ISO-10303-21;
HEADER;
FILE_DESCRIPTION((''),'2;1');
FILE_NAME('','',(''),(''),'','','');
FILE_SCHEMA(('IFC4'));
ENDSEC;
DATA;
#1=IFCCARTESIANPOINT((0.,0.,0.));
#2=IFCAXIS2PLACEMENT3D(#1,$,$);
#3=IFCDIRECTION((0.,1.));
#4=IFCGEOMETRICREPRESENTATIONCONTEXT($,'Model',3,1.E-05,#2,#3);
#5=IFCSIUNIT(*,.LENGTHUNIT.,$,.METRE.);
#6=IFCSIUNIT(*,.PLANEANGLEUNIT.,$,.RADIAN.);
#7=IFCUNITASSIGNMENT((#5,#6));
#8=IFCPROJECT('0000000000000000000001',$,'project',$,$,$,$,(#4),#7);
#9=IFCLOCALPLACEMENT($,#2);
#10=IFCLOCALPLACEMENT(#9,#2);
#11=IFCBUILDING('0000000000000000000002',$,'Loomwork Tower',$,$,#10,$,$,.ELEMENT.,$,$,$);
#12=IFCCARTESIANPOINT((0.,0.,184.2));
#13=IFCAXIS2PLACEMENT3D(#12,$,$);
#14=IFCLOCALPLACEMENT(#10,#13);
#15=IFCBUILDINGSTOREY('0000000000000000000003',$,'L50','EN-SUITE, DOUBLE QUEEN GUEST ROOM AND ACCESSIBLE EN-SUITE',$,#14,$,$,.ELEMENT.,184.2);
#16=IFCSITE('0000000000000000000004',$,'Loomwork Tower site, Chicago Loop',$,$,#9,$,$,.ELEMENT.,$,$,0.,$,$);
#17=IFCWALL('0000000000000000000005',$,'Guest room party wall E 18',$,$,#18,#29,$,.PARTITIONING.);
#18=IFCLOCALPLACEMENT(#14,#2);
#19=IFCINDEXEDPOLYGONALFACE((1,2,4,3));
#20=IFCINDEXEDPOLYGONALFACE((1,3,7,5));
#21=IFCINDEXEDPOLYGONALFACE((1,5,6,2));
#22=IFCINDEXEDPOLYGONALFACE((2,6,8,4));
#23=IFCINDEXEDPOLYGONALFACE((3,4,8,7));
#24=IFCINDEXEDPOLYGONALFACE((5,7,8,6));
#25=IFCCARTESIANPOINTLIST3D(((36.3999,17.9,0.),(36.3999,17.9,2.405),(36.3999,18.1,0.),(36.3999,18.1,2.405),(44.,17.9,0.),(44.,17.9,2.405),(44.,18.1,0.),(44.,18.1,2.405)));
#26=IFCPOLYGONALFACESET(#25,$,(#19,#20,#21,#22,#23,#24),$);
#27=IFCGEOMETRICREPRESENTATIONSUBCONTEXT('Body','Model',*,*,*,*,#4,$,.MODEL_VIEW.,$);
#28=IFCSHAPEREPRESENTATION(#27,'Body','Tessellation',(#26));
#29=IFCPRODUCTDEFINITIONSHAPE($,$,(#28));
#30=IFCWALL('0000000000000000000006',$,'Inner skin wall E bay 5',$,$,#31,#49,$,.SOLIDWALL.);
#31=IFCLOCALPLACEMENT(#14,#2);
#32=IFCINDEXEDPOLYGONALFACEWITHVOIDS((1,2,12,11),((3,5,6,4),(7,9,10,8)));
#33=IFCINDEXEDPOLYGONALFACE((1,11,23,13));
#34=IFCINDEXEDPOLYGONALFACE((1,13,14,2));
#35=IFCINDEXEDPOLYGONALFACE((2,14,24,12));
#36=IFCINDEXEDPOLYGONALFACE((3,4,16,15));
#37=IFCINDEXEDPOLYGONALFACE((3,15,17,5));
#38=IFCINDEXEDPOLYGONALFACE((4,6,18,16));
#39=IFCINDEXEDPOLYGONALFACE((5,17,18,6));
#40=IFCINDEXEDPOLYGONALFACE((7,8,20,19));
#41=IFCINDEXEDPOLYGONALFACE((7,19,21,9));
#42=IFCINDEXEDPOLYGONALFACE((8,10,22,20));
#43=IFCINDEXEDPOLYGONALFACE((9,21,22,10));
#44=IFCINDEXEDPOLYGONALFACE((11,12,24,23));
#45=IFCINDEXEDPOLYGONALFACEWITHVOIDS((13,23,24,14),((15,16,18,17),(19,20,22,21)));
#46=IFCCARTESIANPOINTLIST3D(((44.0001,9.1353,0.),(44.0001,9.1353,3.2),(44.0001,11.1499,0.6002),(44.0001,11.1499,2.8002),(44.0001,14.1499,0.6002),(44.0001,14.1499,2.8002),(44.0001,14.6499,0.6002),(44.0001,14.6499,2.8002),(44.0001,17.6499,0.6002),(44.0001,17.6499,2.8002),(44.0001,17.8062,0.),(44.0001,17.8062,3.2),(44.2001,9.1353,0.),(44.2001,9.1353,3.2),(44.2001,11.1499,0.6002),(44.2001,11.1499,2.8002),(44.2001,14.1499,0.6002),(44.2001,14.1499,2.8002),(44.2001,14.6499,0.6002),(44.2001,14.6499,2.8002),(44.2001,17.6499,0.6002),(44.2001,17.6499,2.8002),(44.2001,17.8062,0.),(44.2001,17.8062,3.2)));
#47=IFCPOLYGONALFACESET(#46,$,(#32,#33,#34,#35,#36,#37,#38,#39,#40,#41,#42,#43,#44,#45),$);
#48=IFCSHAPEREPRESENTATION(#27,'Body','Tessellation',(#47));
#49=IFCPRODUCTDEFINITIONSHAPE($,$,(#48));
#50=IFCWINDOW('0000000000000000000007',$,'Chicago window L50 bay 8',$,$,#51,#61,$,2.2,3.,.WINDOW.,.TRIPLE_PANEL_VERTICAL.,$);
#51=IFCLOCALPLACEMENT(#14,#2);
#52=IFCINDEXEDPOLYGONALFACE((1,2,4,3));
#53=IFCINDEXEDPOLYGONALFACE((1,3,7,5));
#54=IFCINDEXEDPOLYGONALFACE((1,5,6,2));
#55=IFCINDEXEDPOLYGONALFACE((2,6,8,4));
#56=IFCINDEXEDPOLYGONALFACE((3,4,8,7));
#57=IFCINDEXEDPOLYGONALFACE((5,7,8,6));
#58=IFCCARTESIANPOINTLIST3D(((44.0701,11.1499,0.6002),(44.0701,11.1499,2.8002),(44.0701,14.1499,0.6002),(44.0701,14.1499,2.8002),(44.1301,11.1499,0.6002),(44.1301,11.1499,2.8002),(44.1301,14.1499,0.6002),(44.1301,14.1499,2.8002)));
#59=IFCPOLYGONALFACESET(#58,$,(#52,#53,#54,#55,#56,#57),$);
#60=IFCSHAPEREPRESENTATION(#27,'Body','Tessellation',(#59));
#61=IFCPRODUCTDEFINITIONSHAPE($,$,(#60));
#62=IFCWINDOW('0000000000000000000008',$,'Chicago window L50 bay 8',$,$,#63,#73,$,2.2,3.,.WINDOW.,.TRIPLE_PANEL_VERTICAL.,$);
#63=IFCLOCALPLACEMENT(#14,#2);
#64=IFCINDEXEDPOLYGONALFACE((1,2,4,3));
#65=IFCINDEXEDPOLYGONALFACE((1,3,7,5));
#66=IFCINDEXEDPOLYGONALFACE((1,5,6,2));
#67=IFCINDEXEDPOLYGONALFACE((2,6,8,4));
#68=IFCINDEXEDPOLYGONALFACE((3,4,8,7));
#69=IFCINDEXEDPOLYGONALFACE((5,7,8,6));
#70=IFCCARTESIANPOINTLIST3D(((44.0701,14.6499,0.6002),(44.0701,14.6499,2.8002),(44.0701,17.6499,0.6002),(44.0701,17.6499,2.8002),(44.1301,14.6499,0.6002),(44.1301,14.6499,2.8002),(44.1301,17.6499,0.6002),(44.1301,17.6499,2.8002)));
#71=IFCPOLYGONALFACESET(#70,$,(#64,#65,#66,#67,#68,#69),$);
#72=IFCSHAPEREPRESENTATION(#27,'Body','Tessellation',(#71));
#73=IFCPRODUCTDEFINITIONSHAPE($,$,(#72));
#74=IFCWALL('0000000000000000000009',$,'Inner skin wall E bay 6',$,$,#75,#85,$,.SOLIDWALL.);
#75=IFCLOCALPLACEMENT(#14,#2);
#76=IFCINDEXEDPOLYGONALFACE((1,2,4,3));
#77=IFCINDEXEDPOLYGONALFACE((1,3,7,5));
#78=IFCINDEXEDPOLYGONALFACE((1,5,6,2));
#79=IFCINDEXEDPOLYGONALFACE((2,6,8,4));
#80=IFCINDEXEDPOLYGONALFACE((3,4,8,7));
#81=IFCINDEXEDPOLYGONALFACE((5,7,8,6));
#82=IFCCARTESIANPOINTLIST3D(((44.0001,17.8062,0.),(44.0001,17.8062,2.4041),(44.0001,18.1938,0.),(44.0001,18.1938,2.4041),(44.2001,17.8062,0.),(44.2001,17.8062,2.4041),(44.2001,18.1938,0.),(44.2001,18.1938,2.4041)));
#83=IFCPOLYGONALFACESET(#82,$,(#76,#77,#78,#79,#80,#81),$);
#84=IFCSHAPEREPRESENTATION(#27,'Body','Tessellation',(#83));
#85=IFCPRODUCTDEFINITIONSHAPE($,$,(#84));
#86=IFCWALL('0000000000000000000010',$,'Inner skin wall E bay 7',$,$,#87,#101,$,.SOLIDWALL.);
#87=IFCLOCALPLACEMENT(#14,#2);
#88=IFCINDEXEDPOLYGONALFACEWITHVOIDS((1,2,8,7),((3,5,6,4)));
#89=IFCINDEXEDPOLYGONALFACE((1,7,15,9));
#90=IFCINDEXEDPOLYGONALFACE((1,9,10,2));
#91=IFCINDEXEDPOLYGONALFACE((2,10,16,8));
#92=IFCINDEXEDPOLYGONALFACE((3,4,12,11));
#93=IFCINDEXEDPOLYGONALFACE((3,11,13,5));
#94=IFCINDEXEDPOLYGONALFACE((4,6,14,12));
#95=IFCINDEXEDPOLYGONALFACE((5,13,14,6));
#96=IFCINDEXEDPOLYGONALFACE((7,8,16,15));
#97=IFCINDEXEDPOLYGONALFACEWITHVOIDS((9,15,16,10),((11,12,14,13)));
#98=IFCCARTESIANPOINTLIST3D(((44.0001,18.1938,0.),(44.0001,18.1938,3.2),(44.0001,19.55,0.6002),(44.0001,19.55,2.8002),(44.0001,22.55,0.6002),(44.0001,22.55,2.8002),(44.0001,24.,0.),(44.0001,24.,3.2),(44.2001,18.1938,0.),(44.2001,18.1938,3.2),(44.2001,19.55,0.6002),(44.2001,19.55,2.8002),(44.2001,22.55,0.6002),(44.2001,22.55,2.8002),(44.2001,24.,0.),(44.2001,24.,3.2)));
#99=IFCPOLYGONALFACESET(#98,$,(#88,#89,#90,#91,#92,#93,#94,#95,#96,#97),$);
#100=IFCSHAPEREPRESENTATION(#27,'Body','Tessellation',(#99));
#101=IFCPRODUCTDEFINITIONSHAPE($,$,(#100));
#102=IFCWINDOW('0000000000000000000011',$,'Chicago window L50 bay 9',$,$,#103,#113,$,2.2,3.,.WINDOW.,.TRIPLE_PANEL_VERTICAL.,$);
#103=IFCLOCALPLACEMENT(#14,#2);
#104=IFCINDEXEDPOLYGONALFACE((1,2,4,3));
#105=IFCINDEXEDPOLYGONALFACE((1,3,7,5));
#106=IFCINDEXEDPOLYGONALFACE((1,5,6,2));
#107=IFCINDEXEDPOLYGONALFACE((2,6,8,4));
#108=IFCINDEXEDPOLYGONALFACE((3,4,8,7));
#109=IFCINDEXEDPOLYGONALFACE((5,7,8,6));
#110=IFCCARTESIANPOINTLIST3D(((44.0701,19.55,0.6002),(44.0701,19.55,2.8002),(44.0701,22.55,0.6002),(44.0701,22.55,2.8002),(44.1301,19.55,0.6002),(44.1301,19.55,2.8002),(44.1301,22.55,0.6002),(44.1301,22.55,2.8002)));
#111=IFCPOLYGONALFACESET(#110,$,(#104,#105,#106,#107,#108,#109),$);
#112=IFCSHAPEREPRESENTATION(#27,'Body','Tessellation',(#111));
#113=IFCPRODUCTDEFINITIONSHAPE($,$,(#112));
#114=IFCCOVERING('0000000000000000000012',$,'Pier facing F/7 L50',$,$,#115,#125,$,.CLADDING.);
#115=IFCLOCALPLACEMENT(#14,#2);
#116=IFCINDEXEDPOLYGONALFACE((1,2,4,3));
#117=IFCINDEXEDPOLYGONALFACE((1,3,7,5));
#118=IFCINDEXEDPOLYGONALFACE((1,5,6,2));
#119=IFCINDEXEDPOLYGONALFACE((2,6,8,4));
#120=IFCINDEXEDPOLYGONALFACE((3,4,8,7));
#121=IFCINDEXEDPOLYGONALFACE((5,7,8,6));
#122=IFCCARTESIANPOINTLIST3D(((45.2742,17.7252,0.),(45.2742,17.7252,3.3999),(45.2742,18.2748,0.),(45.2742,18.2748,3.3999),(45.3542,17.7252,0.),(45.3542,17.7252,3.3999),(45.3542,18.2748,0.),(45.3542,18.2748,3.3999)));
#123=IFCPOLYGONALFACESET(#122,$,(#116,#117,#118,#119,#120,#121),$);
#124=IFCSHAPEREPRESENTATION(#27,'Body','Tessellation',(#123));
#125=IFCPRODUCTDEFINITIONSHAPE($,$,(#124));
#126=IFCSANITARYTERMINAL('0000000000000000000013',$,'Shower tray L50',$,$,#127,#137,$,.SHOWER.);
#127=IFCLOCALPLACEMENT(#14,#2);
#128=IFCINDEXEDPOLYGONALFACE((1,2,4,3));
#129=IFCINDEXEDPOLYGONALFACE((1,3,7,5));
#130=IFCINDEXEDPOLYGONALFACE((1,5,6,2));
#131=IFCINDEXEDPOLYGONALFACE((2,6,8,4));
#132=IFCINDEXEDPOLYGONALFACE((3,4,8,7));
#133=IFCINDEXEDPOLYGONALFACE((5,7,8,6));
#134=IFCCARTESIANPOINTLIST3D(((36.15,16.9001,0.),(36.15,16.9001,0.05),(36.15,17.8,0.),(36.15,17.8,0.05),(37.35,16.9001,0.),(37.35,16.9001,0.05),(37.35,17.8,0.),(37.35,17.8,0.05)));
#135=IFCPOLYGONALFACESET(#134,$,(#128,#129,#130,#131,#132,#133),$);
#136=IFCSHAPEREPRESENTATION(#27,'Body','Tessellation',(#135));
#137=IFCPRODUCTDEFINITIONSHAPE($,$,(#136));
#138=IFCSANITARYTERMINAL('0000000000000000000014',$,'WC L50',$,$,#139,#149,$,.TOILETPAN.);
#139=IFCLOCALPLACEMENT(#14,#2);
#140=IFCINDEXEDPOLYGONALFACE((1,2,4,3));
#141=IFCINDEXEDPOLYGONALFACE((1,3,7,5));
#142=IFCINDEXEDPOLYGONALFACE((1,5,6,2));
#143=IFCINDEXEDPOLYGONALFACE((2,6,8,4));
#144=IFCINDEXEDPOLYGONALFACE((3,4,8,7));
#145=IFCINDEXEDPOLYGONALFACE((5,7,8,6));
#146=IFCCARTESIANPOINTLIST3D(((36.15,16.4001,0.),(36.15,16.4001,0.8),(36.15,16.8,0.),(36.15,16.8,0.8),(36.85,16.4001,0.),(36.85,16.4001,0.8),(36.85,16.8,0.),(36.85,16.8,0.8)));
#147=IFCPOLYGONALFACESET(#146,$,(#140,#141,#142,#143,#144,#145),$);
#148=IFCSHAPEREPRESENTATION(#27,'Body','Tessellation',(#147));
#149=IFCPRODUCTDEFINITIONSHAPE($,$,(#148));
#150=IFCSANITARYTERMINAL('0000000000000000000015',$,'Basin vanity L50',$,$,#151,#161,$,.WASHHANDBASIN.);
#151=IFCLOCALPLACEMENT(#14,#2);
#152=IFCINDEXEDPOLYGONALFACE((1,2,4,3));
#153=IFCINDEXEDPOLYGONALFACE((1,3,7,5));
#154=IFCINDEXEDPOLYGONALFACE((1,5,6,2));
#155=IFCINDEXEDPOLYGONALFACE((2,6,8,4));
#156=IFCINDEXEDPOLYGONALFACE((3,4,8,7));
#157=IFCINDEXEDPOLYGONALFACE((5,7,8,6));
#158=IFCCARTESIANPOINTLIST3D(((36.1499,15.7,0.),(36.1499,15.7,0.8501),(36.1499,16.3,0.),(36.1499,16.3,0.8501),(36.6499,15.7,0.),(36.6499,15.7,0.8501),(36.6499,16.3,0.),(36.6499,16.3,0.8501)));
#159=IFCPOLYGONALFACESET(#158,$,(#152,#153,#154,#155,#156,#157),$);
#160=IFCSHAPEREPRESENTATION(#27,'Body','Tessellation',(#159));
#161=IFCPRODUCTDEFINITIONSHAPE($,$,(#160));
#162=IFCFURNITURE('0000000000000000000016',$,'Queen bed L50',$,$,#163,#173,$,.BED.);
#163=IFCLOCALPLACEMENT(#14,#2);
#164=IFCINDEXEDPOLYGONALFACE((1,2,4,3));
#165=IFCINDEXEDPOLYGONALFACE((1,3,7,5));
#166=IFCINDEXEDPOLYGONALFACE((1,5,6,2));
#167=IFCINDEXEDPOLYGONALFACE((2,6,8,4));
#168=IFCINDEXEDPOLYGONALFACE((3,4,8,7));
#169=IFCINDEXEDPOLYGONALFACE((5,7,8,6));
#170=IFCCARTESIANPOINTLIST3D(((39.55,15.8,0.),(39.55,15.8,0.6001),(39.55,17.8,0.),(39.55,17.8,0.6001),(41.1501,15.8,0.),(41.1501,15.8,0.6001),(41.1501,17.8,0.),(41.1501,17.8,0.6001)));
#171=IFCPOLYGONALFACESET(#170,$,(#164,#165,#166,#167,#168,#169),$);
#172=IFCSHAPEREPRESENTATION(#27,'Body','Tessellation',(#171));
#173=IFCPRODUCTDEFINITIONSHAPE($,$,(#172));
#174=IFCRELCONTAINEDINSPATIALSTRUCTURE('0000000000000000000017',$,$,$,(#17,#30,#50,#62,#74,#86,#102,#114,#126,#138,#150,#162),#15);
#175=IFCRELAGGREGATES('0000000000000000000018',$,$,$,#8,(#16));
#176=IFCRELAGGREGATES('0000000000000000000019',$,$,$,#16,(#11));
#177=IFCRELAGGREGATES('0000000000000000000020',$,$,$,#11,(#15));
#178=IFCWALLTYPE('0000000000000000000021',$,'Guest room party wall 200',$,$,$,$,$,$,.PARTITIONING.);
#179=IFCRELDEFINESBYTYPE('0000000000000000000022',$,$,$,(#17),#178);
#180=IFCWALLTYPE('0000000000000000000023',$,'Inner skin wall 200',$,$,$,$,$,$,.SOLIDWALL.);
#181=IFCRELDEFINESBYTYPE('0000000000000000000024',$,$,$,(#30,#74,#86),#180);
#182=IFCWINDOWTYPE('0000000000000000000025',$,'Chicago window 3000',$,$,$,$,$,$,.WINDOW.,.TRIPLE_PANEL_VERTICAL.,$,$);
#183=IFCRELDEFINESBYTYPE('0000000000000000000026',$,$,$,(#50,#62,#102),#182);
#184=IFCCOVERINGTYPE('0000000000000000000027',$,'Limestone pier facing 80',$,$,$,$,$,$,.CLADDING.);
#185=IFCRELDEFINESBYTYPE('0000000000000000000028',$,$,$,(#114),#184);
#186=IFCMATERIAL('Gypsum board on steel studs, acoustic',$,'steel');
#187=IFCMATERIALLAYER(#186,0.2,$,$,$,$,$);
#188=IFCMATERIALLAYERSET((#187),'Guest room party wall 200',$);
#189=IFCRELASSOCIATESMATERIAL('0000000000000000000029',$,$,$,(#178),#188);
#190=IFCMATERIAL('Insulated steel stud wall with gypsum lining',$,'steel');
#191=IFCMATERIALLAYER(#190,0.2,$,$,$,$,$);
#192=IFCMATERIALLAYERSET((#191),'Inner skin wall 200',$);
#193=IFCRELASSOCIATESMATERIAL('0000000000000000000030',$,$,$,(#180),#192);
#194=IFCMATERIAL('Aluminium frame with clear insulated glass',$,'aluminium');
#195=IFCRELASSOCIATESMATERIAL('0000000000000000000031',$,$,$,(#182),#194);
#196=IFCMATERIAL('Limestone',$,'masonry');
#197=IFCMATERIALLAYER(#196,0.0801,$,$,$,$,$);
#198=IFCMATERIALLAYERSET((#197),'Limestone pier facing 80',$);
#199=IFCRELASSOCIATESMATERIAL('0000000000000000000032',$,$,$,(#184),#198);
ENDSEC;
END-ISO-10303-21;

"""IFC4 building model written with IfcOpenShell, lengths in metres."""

from ifc_helpers import new_model, si_unit, direction, frame, frame_2d, origin, origin_2d, place, context, subcontext, project, spatial, rectangle, extrude, material, layer, layer_set, type_object, element, fill, save


model = new_model("IFC4")

# Units and contexts
model_context = context("Model", 3, precision=1e-05, world=origin(), true_north=direction((0.0, 1.0)))
body_context = subcontext(model_context, "Body", "Model", "MODEL_VIEW")
ifc_project = project(units=[si_unit("LENGTHUNIT", "METRE"), si_unit("PLANEANGLEUNIT", "RADIAN")], contexts=[model_context])

# Site, building, storey
site_placement = place(None, origin())
site = spatial("IfcSite", under=ifc_project, at=site_placement, Name="Loomwork Tower site, Chicago Loop", CompositionType="ELEMENT", RefElevation=0.0)
building_placement = place(site_placement, origin())
building = spatial("IfcBuilding", under=site, at=building_placement, Name="Loomwork Tower", CompositionType="ELEMENT")
storey_placement = place(building_placement, frame((0.0, 0.0, 184.2)))
storey = spatial("IfcBuildingStorey", under=building, at=storey_placement, Name="L50", Description="EN-SUITE, DOUBLE QUEEN GUEST ROOM AND ACCESSIBLE EN-SUITE", CompositionType="ELEMENT", Elevation=184.2)

# Wall
ifc_material_1 = material(Name="Gypsum board on steel studs, acoustic", Category="steel")
ifc_layer_1 = layer(ifc_material_1, 0.2)
ifc_layer_set_1 = layer_set([ifc_layer_1], Name="Guest room party wall 200")
wall_type_1 = type_object("IfcWallType", Name="Guest room party wall 200", PredefinedType="PARTITIONING", material=ifc_layer_set_1)
wall_1_placement = place(storey_placement, frame((36.3999, 18.0, 0.0), z_axis=(0.0, 0.0, 1.0), x_axis=(1.0, 0.0, 0.0)))
element("IfcWall", 1, at=wall_1_placement, inside=storey, type_object=wall_type_1, Name="Guest room party wall E 18", PredefinedType="PARTITIONING", context=body_context, shape_type="SweptSolid", body=[
    extrude(rectangle(XDim=7.6001, YDim=0.2, at=frame_2d((3.8, 0.0))), origin(), (0.0, 0.0, 1.0), 2.405),
])

# Wall, openings, windows
ifc_material_2 = material(Name="Insulated steel stud wall with gypsum lining", Category="steel")
ifc_layer_2 = layer(ifc_material_2, 0.2)
ifc_layer_set_2 = layer_set([ifc_layer_2], Name="Inner skin wall 200")
wall_type_2 = type_object("IfcWallType", Name="Inner skin wall 200", PredefinedType="SOLIDWALL", material=ifc_layer_set_2)
wall_2_placement = place(storey_placement, frame((44.1001, 9.1353, 0.0), z_axis=(0.0, 0.0, 1.0), x_axis=(0.0, 1.0, 0.0)))
wall_2 = element("IfcWall", 2, at=wall_2_placement, inside=storey, type_object=wall_type_2, Name="Inner skin wall E bay 5", PredefinedType="SOLIDWALL", context=body_context, shape_type="SweptSolid", body=[
    extrude(rectangle(XDim=8.6709, YDim=0.2, at=frame_2d((4.3354, 0.0))), origin(), (0.0, 0.0, 1.0), 3.2),
])
opening_1_placement = place(wall_2_placement, frame((2.0146, 0.0, 0.6001)))
opening_1 = element("IfcOpeningElement", 3, at=opening_1_placement, cuts=wall_2, PredefinedType="OPENING", context=body_context, shape_type="SweptSolid", body=[
    extrude(rectangle(XDim=3.0, YDim=2.2, at=frame_2d((1.5, 1.1001))), frame((0.0, 0.1099, 0.0), z_axis=(0.0, -1.0, 0.0), x_axis=(1.0, 0.0, 0.0)), (0.0, 0.0, 1.0), 0.22),
])
opening_2_placement = place(wall_2_placement, frame((5.5146, 0.0, 0.6001)))
opening_2 = element("IfcOpeningElement", 4, at=opening_2_placement, cuts=wall_2, PredefinedType="OPENING", context=body_context, shape_type="SweptSolid", body=[
    extrude(rectangle(XDim=3.0, YDim=2.2, at=frame_2d((1.5, 1.1001))), frame((0.0, 0.1099, 0.0), z_axis=(0.0, -1.0, 0.0), x_axis=(1.0, 0.0, 0.0)), (0.0, 0.0, 1.0), 0.22),
])
ifc_material_3 = material(Name="Aluminium frame with clear insulated glass", Category="aluminium")
window_type = type_object("IfcWindowType", Name="Chicago window 3000", PartitioningType="TRIPLE_PANEL_VERTICAL", PredefinedType="WINDOW", material=ifc_material_3)
window_1_placement = place(opening_1_placement, origin())
window_1 = element("IfcWindow", 5, at=window_1_placement, inside=storey, type_object=window_type, Name="Chicago window L50 bay 8", OverallHeight=2.2, OverallWidth=3.0, PartitioningType="TRIPLE_PANEL_VERTICAL", PredefinedType="WINDOW", context=body_context, shape_type="SweptSolid", body=[
    extrude(rectangle(XDim=3.0, YDim=2.2, at=frame_2d((1.5, 1.1001))), frame((0.0, 0.03, 0.0), z_axis=(0.0, -1.0, 0.0), x_axis=(1.0, 0.0, 0.0)), (0.0, 0.0, 1.0), 0.0601),
])
fill(opening_1, window_1)
window_2_placement = place(opening_2_placement, origin())
window_2 = element("IfcWindow", 6, at=window_2_placement, inside=storey, type_object=window_type, Name="Chicago window L50 bay 8", OverallHeight=2.2, OverallWidth=3.0, PartitioningType="TRIPLE_PANEL_VERTICAL", PredefinedType="WINDOW", context=body_context, shape_type="SweptSolid", body=[
    extrude(rectangle(XDim=3.0, YDim=2.2, at=frame_2d((1.5, 1.1001))), frame((0.0, 0.03, 0.0), z_axis=(0.0, -1.0, 0.0), x_axis=(1.0, 0.0, 0.0)), (0.0, 0.0, 1.0), 0.0601),
])
fill(opening_2, window_2)

# Wall
wall_3_placement = place(storey_placement, frame((44.1001, 17.8062, 0.0), z_axis=(0.0, 0.0, 1.0), x_axis=(0.0, 1.0, 0.0)))
element("IfcWall", 7, at=wall_3_placement, inside=storey, type_object=wall_type_2, Name="Inner skin wall E bay 6", PredefinedType="SOLIDWALL", context=body_context, shape_type="SweptSolid", body=[
    extrude(rectangle(XDim=0.3877, YDim=0.2, at=frame_2d((0.1938, 0.0))), origin(), (0.0, 0.0, 1.0), 2.4041),
])

# Wall, opening, window
wall_4_placement = place(storey_placement, frame((44.1001, 18.1938, 0.0), z_axis=(0.0, 0.0, 1.0), x_axis=(0.0, 1.0, 0.0)))
wall_4 = element("IfcWall", 8, at=wall_4_placement, inside=storey, type_object=wall_type_2, Name="Inner skin wall E bay 7", PredefinedType="SOLIDWALL", context=body_context, shape_type="SweptSolid", body=[
    extrude(rectangle(XDim=5.8062, YDim=0.2, at=frame_2d((2.9031, 0.0))), origin(), (0.0, 0.0, 1.0), 3.2),
])
opening_3_placement = place(wall_4_placement, frame((1.3562, 0.0, 0.6001)))
opening_3 = element("IfcOpeningElement", 9, at=opening_3_placement, cuts=wall_4, PredefinedType="OPENING", context=body_context, shape_type="SweptSolid", body=[
    extrude(rectangle(XDim=3.0, YDim=2.2, at=frame_2d((1.5, 1.1001))), frame((0.0, 0.1099, 0.0), z_axis=(0.0, -1.0, 0.0), x_axis=(1.0, 0.0, 0.0)), (0.0, 0.0, 1.0), 0.22),
])
window_3_placement = place(opening_3_placement, origin())
window_3 = element("IfcWindow", 10, at=window_3_placement, inside=storey, type_object=window_type, Name="Chicago window L50 bay 9", OverallHeight=2.2, OverallWidth=3.0, PartitioningType="TRIPLE_PANEL_VERTICAL", PredefinedType="WINDOW", context=body_context, shape_type="SweptSolid", body=[
    extrude(rectangle(XDim=3.0, YDim=2.2, at=frame_2d((1.5, 1.1001))), frame((0.0, 0.03, 0.0), z_axis=(0.0, -1.0, 0.0), x_axis=(1.0, 0.0, 0.0)), (0.0, 0.0, 1.0), 0.0601),
])
fill(opening_3, window_3)

# Covering
ifc_material_4 = material(Name="Limestone", Category="masonry")
ifc_layer_3 = layer(ifc_material_4, 0.0801)
ifc_layer_set_3 = layer_set([ifc_layer_3], Name="Limestone pier facing 80")
covering_type = type_object("IfcCoveringType", Name="Limestone pier facing 80", PredefinedType="CLADDING", material=ifc_layer_set_3)
covering_placement = place(storey_placement, frame((45.3142, 18.0, 0.0), z_axis=(0.0, 0.0, 1.0), x_axis=(1.0, 0.0, 0.0)))
element("IfcCovering", 11, at=covering_placement, inside=storey, type_object=covering_type, Name="Pier facing F/7 L50", PredefinedType="CLADDING", context=body_context, shape_type="SweptSolid", body=[
    extrude(rectangle(XDim=0.0801, YDim=0.5496, at=origin_2d()), origin(), (0.0, 0.0, 1.0), 3.3999),
])

# Sanitary terminals
sanitary_terminal_1_placement = place(storey_placement, frame((36.75, 17.3501, 0.0), z_axis=(0.0, 0.0, 1.0), x_axis=(1.0, 0.0, 0.0)))
element("IfcSanitaryTerminal", 12, at=sanitary_terminal_1_placement, inside=storey, Name="Shower tray L50", PredefinedType="SHOWER", context=body_context, shape_type="SweptSolid", body=[
    extrude(rectangle(XDim=1.2, YDim=0.8999, at=origin_2d()), origin(), (0.0, 0.0, 1.0), 0.05),
])
sanitary_terminal_2_placement = place(storey_placement, frame((36.5, 16.6001, 0.0), z_axis=(0.0, 0.0, 1.0), x_axis=(1.0, 0.0, 0.0)))
element("IfcSanitaryTerminal", 13, at=sanitary_terminal_2_placement, inside=storey, Name="WC L50", PredefinedType="TOILETPAN", context=body_context, shape_type="SweptSolid", body=[
    extrude(rectangle(XDim=0.7, YDim=0.3999, at=origin_2d()), origin(), (0.0, 0.0, 1.0), 0.8),
])
sanitary_terminal_3_placement = place(storey_placement, frame((36.3999, 16.0, 0.0), z_axis=(0.0, 0.0, 1.0), x_axis=(1.0, 0.0, 0.0)))
element("IfcSanitaryTerminal", 14, at=sanitary_terminal_3_placement, inside=storey, Name="Basin vanity L50", PredefinedType="WASHHANDBASIN", context=body_context, shape_type="SweptSolid", body=[
    extrude(rectangle(XDim=0.5, YDim=0.6001, at=origin_2d()), origin(), (0.0, 0.0, 1.0), 0.8501),
])

# Furniture
for number, where, z_axis, x_axis, name in (
    (15, (40.3501, 16.8, 0.0), (0.0, 0.0, 1.0), (1.0, 0.0, 0.0), "Queen bed L50"),
):
    element("IfcFurniture", number, at=place(storey_placement, frame(where, z_axis=z_axis, x_axis=x_axis)), inside=storey, Name=name, PredefinedType="BED", context=body_context, shape_type="SweptSolid", body=[
        extrude(rectangle(XDim=1.6001, YDim=2.0, at=origin_2d()), origin(), (0.0, 0.0, 1.0), 0.6001),
    ])

save(model, "model.ifc")
